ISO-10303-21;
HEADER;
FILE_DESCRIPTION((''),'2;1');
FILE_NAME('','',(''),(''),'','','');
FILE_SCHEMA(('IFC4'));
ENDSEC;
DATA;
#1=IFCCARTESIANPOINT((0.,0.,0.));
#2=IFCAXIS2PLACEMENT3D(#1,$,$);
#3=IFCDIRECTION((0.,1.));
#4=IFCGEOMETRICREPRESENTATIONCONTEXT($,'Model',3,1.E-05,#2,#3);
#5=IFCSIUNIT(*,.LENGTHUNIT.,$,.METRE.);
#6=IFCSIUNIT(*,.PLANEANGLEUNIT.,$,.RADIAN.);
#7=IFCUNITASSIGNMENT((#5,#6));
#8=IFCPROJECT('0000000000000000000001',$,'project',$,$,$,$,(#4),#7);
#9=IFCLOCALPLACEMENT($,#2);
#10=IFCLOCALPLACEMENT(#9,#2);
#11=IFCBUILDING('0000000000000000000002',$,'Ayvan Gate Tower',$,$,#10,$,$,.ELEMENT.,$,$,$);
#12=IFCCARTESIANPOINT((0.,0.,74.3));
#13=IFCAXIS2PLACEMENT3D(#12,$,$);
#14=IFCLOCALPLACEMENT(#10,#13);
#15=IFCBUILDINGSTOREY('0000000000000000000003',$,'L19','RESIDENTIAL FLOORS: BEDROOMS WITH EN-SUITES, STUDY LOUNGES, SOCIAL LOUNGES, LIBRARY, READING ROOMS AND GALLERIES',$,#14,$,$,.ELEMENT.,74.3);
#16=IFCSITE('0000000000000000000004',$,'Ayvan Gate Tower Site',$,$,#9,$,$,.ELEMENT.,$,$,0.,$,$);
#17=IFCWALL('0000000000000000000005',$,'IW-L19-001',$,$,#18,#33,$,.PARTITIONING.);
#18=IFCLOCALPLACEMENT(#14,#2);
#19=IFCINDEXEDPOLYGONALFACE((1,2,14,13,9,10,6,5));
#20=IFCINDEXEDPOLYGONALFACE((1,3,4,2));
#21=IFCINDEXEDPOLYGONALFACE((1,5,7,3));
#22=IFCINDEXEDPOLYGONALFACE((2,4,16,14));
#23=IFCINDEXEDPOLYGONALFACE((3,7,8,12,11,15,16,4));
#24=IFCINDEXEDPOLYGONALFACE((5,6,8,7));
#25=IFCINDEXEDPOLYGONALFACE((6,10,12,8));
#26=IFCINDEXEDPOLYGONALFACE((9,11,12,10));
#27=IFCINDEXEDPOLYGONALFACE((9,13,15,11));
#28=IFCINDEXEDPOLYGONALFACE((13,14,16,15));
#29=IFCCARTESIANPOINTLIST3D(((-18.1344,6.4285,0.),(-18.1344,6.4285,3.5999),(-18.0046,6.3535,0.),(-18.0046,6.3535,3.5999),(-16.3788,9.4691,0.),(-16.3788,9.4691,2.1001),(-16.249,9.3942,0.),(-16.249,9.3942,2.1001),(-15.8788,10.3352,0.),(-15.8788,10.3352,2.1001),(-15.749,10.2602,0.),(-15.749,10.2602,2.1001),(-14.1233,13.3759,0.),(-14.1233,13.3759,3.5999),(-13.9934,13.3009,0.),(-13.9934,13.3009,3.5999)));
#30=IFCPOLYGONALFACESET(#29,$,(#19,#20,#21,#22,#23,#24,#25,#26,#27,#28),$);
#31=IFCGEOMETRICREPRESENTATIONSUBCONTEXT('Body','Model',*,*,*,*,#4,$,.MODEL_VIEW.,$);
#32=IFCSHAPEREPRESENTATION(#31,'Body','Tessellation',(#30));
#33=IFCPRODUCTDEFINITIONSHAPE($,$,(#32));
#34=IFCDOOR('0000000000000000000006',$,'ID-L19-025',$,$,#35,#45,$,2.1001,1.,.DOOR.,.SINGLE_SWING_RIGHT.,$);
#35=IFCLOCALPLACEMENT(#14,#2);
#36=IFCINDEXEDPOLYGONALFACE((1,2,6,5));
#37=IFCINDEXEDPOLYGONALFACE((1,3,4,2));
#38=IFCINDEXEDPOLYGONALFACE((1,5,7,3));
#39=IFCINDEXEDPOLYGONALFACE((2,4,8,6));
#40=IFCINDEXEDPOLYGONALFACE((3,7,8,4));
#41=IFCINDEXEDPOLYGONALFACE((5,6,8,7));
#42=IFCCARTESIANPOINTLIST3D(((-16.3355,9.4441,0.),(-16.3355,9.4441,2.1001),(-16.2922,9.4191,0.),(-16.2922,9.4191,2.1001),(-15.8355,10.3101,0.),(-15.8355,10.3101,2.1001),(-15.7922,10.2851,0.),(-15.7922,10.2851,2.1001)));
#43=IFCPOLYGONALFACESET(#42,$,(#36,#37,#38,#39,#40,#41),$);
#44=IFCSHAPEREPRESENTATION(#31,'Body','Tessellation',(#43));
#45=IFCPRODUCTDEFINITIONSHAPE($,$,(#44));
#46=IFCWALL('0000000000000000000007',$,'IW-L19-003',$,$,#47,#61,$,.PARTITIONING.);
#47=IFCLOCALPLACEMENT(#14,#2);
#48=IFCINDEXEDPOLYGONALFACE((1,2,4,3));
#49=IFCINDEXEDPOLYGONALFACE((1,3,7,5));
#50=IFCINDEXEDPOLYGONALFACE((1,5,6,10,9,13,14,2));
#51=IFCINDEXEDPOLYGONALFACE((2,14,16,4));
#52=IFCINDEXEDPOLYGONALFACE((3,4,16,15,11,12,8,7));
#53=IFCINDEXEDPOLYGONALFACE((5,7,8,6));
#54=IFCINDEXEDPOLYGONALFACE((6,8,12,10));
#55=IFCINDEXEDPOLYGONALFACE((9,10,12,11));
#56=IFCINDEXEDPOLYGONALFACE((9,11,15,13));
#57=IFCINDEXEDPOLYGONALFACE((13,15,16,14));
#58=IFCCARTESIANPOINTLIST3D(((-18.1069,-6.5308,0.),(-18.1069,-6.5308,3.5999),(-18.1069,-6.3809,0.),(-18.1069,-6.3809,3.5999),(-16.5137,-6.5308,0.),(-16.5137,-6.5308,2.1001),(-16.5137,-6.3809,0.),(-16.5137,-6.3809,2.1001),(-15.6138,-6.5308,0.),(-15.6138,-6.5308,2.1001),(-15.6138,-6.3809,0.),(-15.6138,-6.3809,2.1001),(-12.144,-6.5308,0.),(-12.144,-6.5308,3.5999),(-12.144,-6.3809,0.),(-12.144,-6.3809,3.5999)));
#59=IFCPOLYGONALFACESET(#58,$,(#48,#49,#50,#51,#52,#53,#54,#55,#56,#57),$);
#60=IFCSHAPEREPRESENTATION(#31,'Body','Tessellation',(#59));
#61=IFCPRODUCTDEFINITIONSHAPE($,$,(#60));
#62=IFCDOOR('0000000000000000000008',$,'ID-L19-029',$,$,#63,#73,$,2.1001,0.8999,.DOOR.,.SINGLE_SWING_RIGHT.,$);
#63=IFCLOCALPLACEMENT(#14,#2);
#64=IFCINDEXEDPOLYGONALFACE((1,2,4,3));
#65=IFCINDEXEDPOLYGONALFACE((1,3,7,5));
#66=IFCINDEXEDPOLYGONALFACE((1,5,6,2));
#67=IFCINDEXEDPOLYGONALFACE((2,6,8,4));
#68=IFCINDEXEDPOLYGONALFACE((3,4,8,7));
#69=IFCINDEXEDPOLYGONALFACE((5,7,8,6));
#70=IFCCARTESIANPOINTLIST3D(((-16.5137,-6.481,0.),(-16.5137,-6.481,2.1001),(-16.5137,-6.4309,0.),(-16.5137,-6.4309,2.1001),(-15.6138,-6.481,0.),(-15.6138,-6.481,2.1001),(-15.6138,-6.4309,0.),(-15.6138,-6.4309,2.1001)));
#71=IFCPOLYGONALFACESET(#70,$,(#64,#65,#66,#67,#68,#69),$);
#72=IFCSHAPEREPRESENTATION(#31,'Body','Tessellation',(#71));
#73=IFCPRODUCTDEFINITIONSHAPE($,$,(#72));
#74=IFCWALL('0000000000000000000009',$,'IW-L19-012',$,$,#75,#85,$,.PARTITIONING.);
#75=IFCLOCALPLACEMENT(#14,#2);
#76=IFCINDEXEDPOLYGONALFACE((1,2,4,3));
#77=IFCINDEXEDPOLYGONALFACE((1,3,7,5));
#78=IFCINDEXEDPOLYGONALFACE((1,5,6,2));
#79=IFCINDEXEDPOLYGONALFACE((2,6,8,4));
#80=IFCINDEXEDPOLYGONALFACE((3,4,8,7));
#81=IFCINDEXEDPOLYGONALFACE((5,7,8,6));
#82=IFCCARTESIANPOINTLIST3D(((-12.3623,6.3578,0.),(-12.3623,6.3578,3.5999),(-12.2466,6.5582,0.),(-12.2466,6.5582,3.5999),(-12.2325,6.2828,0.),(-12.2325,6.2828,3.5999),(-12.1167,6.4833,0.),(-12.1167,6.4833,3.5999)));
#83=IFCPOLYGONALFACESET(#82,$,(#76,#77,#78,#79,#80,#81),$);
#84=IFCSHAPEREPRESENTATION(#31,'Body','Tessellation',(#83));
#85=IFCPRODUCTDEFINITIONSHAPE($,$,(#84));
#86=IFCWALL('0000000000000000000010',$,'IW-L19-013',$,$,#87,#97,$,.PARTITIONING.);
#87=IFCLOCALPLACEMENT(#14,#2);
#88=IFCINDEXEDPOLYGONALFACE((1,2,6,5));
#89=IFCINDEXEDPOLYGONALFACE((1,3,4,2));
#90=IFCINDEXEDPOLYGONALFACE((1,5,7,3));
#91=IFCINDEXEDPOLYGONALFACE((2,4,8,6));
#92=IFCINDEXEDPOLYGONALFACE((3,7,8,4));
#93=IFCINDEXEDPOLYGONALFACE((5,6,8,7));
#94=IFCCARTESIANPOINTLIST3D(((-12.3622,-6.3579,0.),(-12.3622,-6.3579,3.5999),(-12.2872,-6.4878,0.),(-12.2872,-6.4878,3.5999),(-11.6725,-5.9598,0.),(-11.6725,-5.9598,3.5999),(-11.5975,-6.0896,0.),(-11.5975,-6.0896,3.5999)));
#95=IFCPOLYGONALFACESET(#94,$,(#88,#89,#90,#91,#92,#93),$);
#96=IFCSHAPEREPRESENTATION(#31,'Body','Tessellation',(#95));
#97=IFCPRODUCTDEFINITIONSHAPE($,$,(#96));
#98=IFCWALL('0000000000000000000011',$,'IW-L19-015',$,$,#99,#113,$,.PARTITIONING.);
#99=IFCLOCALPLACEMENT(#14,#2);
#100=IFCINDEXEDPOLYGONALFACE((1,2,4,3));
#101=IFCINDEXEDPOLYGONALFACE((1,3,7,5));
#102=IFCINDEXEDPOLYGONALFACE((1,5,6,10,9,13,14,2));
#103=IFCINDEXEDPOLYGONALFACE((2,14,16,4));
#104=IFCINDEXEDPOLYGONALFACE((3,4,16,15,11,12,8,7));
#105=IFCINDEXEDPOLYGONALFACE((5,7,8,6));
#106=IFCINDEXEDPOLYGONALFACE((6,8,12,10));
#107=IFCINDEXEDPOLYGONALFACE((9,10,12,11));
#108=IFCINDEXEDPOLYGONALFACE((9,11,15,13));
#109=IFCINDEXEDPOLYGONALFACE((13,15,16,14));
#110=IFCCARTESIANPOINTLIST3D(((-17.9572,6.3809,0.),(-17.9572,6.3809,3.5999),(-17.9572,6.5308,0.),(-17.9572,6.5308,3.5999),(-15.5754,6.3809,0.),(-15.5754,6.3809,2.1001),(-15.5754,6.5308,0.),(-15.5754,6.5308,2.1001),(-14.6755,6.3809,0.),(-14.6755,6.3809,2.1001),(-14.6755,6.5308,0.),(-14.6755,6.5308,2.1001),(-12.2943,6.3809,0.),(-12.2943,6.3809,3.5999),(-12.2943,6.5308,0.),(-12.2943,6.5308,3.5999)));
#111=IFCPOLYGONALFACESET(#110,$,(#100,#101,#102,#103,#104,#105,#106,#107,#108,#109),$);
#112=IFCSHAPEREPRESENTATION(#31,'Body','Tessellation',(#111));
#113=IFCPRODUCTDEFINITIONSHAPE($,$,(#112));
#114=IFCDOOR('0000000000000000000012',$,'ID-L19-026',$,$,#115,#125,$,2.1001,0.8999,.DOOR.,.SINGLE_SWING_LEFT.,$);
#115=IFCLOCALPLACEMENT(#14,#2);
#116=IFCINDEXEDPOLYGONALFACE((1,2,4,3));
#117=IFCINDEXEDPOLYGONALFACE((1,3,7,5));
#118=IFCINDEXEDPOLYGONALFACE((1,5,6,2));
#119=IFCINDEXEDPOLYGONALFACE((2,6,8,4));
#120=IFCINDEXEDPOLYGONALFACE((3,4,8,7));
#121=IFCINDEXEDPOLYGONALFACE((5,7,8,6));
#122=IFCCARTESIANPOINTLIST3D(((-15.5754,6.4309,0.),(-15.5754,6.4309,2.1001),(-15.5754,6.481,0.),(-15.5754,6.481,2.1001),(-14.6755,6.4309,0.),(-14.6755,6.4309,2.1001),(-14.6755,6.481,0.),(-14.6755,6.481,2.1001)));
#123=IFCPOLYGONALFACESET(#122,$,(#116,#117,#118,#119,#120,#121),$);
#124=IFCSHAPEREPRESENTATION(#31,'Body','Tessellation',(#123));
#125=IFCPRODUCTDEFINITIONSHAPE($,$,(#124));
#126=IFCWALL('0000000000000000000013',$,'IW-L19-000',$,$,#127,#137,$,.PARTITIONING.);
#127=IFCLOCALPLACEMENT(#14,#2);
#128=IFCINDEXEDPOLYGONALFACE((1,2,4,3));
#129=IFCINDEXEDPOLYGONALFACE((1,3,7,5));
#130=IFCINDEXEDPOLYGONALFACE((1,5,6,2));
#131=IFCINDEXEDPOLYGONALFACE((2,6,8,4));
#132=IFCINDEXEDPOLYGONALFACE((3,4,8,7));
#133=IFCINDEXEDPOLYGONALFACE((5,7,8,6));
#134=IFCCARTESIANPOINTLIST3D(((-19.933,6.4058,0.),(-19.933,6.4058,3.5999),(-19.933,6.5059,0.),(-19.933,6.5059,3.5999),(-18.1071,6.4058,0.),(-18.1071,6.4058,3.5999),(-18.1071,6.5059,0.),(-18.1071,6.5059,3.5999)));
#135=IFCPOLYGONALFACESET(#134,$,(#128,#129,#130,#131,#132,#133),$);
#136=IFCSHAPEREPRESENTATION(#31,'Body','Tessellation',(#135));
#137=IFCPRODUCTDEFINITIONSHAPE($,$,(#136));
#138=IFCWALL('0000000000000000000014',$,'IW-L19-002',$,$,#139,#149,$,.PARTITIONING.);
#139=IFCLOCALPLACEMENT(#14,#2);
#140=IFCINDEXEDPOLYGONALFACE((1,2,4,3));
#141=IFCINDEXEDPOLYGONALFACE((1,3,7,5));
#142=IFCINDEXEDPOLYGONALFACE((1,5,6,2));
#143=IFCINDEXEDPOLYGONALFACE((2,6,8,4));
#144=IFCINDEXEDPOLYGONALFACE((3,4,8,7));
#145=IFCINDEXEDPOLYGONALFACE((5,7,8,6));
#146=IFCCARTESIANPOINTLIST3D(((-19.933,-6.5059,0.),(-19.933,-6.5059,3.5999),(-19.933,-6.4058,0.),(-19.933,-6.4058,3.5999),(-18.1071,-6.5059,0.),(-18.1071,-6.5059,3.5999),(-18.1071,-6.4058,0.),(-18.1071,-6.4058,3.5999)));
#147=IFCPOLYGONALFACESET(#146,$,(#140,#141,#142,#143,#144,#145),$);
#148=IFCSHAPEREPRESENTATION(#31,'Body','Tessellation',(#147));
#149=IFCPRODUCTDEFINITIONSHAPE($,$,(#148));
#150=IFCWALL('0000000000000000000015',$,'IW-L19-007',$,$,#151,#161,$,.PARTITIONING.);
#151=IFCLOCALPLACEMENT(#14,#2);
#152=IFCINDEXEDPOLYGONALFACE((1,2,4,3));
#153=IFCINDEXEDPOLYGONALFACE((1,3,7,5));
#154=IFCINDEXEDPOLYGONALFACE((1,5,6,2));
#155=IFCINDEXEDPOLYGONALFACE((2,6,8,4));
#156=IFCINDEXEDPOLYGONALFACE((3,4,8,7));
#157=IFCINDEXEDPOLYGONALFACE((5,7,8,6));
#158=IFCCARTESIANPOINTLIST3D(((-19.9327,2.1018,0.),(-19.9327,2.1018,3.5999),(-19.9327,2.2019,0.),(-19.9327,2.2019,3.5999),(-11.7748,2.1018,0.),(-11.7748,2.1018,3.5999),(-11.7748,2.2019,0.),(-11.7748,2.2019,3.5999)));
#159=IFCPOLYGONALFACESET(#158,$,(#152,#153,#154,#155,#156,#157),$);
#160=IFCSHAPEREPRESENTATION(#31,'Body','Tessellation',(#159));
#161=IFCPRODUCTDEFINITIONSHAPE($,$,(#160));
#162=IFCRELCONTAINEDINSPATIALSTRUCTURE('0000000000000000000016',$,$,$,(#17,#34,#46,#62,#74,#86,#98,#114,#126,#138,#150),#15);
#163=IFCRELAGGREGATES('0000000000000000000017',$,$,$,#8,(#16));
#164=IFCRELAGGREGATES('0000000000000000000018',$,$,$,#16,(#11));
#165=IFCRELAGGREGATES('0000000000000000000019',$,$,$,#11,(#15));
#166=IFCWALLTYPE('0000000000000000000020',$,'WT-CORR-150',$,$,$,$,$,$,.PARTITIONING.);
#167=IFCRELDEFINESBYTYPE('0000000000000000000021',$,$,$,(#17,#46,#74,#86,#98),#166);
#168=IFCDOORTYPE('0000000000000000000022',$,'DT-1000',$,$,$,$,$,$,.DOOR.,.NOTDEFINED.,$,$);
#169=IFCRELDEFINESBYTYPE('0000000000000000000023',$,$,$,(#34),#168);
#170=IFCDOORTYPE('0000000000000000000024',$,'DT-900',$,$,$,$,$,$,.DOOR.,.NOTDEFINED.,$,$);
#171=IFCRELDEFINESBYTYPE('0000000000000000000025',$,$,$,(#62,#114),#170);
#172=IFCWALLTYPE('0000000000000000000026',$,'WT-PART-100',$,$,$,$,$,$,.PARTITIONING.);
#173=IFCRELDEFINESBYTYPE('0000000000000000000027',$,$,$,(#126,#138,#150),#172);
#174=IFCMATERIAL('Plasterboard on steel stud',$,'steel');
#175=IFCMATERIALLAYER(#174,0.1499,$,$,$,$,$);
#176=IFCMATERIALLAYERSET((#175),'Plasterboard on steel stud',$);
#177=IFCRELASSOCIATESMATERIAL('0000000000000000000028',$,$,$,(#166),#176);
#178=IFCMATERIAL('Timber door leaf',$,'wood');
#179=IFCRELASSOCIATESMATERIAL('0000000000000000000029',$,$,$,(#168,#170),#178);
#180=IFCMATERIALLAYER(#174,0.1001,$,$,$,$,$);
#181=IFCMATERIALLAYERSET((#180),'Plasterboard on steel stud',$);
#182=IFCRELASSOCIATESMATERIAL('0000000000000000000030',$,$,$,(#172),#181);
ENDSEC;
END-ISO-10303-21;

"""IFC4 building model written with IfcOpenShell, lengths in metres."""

from ifc_helpers import new_model, si_unit, direction, frame, frame_2d, origin, place, context, subcontext, project, spatial, rectangle, extrude, material, layer, layer_set, type_object, element, fill, save


model = new_model("IFC4")

# Units and contexts
model_context = context("Model", 3, precision=1e-05, world=origin(), true_north=direction((0.0, 1.0)))
body_context = subcontext(model_context, "Body", "Model", "MODEL_VIEW")
ifc_project = project(units=[si_unit("LENGTHUNIT", "METRE"), si_unit("PLANEANGLEUNIT", "RADIAN")], contexts=[model_context])

# Site, building, storey
site_placement = place(None, origin())
site = spatial("IfcSite", under=ifc_project, at=site_placement, Name="Ayvan Gate Tower Site", CompositionType="ELEMENT", RefElevation=0.0)
building_placement = place(site_placement, origin())
building = spatial("IfcBuilding", under=site, at=building_placement, Name="Ayvan Gate Tower", CompositionType="ELEMENT")
storey_placement = place(building_placement, frame((0.0, 0.0, 74.3)))
storey = spatial("IfcBuildingStorey", under=building, at=storey_placement, Name="L19", Description="RESIDENTIAL FLOORS: BEDROOMS WITH EN-SUITES, STUDY LOUNGES, SOCIAL LOUNGES, LIBRARY, READING ROOMS AND GALLERIES", CompositionType="ELEMENT", Elevation=74.3)

# Walls, openings, doors
ifc_material_1 = material(Name="Plasterboard on steel stud", Category="steel")
ifc_layer_1 = layer(ifc_material_1, 0.1499)
ifc_layer_set_1 = layer_set([ifc_layer_1], Name="Plasterboard on steel stud")
wall_type_1 = type_object("IfcWallType", Name="WT-CORR-150", PredefinedType="PARTITIONING", material=ifc_layer_set_1)
wall_1_placement = place(storey_placement, frame((-18.0696, 6.3909, 0.0), z_axis=(0.0, 0.0, 1.0), x_axis=(0.500008, 0.866021, 0.0)))
wall_1 = element("IfcWall", 1, at=wall_1_placement, inside=storey, type_object=wall_type_1, Name="IW-L19-001", PredefinedType="PARTITIONING", context=body_context, shape_type="SweptSolid", body=[
    extrude(rectangle(XDim=8.0222, YDim=0.1499, at=frame_2d((4.0112, 0.0))), origin(), (0.0, 0.0, 1.0), 3.5999),
])
opening_1_placement = place(wall_1_placement, frame((3.5112, 0.0, 0.0)))
opening_1 = element("IfcOpeningElement", 2, at=opening_1_placement, cuts=wall_1, PredefinedType="OPENING", context=body_context, shape_type="SweptSolid", body=[
    extrude(rectangle(XDim=1.0, YDim=2.1001, at=frame_2d((0.5, 1.05))), frame((0.0, 0.085, 0.0), z_axis=(0.0, -1.0, 0.0), x_axis=(1.0, 0.0, 0.0)), (0.0, 0.0, 1.0), 0.1699),
])
ifc_material_2 = material(Name="Timber door leaf", Category="wood")
door_type_1 = type_object("IfcDoorType", Name="DT-1000", OperationType="NOTDEFINED", PredefinedType="DOOR", material=ifc_material_2)
door_1_placement = place(opening_1_placement, origin())
door_1 = element("IfcDoor", 3, at=door_1_placement, inside=storey, type_object=door_type_1, Name="ID-L19-025", OperationType="SINGLE_SWING_RIGHT", OverallHeight=2.1001, OverallWidth=1.0, PredefinedType="DOOR", context=body_context, shape_type="SweptSolid", body=[
    extrude(rectangle(XDim=1.0, YDim=2.1001, at=frame_2d((0.5, 1.05))), frame((0.0, 0.0249, 0.0), z_axis=(0.0, -1.0, 0.0), x_axis=(1.0, 0.0, 0.0)), (0.0, 0.0, 1.0), 0.05),
])
fill(opening_1, door_1)
wall_2_placement = place(storey_placement, frame((-18.1069, -6.4558, 0.0), z_axis=(0.0, 0.0, 1.0), x_axis=(1.0, 0.0, 0.0)))
wall_2 = element("IfcWall", 4, at=wall_2_placement, inside=storey, type_object=wall_type_1, Name="IW-L19-003", PredefinedType="PARTITIONING", context=body_context, shape_type="SweptSolid", body=[
    extrude(rectangle(XDim=5.9629, YDim=0.1499, at=frame_2d((2.9814, 0.0))), origin(), (0.0, 0.0, 1.0), 3.5999),
])
opening_2_placement = place(wall_2_placement, frame((1.5933, 0.0, 0.0)))
opening_2 = element("IfcOpeningElement", 5, at=opening_2_placement, cuts=wall_2, PredefinedType="OPENING", context=body_context, shape_type="SweptSolid", body=[
    extrude(rectangle(XDim=0.8999, YDim=2.1001, at=frame_2d((0.45, 1.05))), frame((0.0, 0.085, 0.0), z_axis=(0.0, -1.0, 0.0), x_axis=(1.0, 0.0, 0.0)), (0.0, 0.0, 1.0), 0.1699),
])
door_type_2 = type_object("IfcDoorType", Name="DT-900", OperationType="NOTDEFINED", PredefinedType="DOOR", material=ifc_material_2)
door_2_placement = place(opening_2_placement, origin())
door_2 = element("IfcDoor", 6, at=door_2_placement, inside=storey, type_object=door_type_2, Name="ID-L19-029", OperationType="SINGLE_SWING_RIGHT", OverallHeight=2.1001, OverallWidth=0.8999, PredefinedType="DOOR", context=body_context, shape_type="SweptSolid", body=[
    extrude(rectangle(XDim=0.8999, YDim=2.1001, at=frame_2d((0.45, 1.05))), frame((0.0, 0.0249, 0.0), z_axis=(0.0, -1.0, 0.0), x_axis=(1.0, 0.0, 0.0)), (0.0, 0.0, 1.0), 0.05),
])
fill(opening_2, door_2)

# Walls
wall_3_placement = place(storey_placement, frame((-12.2974, 6.3203, 0.0), z_axis=(0.0, 0.0, 1.0), x_axis=(0.499996, 0.866027, 0.0)))
element("IfcWall", 7, at=wall_3_placement, inside=storey, type_object=wall_type_1, Name="IW-L19-012", PredefinedType="PARTITIONING", context=body_context, shape_type="SweptSolid", body=[
    extrude(rectangle(XDim=0.2314, YDim=0.1499, at=frame_2d((0.1157, 0.0))), origin(), (0.0, 0.0, 1.0), 3.5999),
])
wall_4_placement = place(storey_placement, frame((-12.3247, -6.4229, 0.0), z_axis=(0.0, 0.0, 1.0), x_axis=(0.866027, 0.499997, 0.0)))
element("IfcWall", 8, at=wall_4_placement, inside=storey, type_object=wall_type_1, Name="IW-L19-013", PredefinedType="PARTITIONING", context=body_context, shape_type="SweptSolid", body=[
    extrude(rectangle(XDim=0.7964, YDim=0.1499, at=frame_2d((0.3982, 0.0))), origin(), (0.0, 0.0, 1.0), 3.5999),
])

# Wall, opening, door
wall_5_placement = place(storey_placement, frame((-12.2942, 6.4558, 0.0), z_axis=(0.0, 0.0, 1.0), x_axis=(-1.0, 0.0, 0.0)))
wall_5 = element("IfcWall", 9, at=wall_5_placement, inside=storey, type_object=wall_type_1, Name="IW-L19-015", PredefinedType="PARTITIONING", context=body_context, shape_type="SweptSolid", body=[
    extrude(rectangle(XDim=5.6628, YDim=0.1499, at=frame_2d((2.8315, 0.0))), origin(), (0.0, 0.0, 1.0), 3.5999),
])
opening_3_placement = place(wall_5_placement, frame((2.3813, 0.0, 0.0)))
opening_3 = element("IfcOpeningElement", 10, at=opening_3_placement, cuts=wall_5, PredefinedType="OPENING", context=body_context, shape_type="SweptSolid", body=[
    extrude(rectangle(XDim=0.8999, YDim=2.1001, at=frame_2d((0.45, 1.05))), frame((0.0, 0.085, 0.0), z_axis=(0.0, -1.0, 0.0), x_axis=(1.0, 0.0, 0.0)), (0.0, 0.0, 1.0), 0.1699),
])
door_3_placement = place(opening_3_placement, origin())
door_3 = element("IfcDoor", 11, at=door_3_placement, inside=storey, type_object=door_type_2, Name="ID-L19-026", OperationType="SINGLE_SWING_LEFT", OverallHeight=2.1001, OverallWidth=0.8999, PredefinedType="DOOR", context=body_context, shape_type="SweptSolid", body=[
    extrude(rectangle(XDim=0.8999, YDim=2.1001, at=frame_2d((0.45, 1.05))), frame((0.0, 0.0249, 0.0), z_axis=(0.0, -1.0, 0.0), x_axis=(1.0, 0.0, 0.0)), (0.0, 0.0, 1.0), 0.05),
])
fill(opening_3, door_3)

# Walls
ifc_layer_2 = layer(ifc_material_1, 0.1001)
ifc_layer_set_2 = layer_set([ifc_layer_2], Name="Plasterboard on steel stud")
wall_type_2 = type_object("IfcWallType", Name="WT-PART-100", PredefinedType="PARTITIONING", material=ifc_layer_set_2)
for number, where, z_axis, x_axis, name in (
    (12, (-18.1069, 6.4558, 0.0), (0.0, 0.0, 1.0), (-1.0, 0.0, 0.0), "IW-L19-000"),
    (13, (-18.1069, -6.4558, 0.0), (0.0, 0.0, 1.0), (-1.0, 0.0, 0.0), "IW-L19-002"),
):
    element("IfcWall", number, at=place(storey_placement, frame(where, z_axis=z_axis, x_axis=x_axis)), inside=storey, type_object=wall_type_2, Name=name, PredefinedType="PARTITIONING", context=body_context, shape_type="SweptSolid", body=[
        extrude(rectangle(XDim=1.8259, YDim=0.1001, at=frame_2d((0.9131, 0.0))), origin(), (0.0, 0.0, 1.0), 3.5999),
    ])
wall_6_placement = place(storey_placement, frame((-19.9329, 2.1519, 0.0), z_axis=(0.0, 0.0, 1.0), x_axis=(1.0, 0.0, 0.0)))
element("IfcWall", 14, at=wall_6_placement, inside=storey, type_object=wall_type_2, Name="IW-L19-007", PredefinedType="PARTITIONING", context=body_context, shape_type="SweptSolid", body=[
    extrude(rectangle(XDim=8.158, YDim=0.1001, at=frame_2d((4.0791, 0.0))), origin(), (0.0, 0.0, 1.0), 3.5999),
])

save(model, "model.ifc")
